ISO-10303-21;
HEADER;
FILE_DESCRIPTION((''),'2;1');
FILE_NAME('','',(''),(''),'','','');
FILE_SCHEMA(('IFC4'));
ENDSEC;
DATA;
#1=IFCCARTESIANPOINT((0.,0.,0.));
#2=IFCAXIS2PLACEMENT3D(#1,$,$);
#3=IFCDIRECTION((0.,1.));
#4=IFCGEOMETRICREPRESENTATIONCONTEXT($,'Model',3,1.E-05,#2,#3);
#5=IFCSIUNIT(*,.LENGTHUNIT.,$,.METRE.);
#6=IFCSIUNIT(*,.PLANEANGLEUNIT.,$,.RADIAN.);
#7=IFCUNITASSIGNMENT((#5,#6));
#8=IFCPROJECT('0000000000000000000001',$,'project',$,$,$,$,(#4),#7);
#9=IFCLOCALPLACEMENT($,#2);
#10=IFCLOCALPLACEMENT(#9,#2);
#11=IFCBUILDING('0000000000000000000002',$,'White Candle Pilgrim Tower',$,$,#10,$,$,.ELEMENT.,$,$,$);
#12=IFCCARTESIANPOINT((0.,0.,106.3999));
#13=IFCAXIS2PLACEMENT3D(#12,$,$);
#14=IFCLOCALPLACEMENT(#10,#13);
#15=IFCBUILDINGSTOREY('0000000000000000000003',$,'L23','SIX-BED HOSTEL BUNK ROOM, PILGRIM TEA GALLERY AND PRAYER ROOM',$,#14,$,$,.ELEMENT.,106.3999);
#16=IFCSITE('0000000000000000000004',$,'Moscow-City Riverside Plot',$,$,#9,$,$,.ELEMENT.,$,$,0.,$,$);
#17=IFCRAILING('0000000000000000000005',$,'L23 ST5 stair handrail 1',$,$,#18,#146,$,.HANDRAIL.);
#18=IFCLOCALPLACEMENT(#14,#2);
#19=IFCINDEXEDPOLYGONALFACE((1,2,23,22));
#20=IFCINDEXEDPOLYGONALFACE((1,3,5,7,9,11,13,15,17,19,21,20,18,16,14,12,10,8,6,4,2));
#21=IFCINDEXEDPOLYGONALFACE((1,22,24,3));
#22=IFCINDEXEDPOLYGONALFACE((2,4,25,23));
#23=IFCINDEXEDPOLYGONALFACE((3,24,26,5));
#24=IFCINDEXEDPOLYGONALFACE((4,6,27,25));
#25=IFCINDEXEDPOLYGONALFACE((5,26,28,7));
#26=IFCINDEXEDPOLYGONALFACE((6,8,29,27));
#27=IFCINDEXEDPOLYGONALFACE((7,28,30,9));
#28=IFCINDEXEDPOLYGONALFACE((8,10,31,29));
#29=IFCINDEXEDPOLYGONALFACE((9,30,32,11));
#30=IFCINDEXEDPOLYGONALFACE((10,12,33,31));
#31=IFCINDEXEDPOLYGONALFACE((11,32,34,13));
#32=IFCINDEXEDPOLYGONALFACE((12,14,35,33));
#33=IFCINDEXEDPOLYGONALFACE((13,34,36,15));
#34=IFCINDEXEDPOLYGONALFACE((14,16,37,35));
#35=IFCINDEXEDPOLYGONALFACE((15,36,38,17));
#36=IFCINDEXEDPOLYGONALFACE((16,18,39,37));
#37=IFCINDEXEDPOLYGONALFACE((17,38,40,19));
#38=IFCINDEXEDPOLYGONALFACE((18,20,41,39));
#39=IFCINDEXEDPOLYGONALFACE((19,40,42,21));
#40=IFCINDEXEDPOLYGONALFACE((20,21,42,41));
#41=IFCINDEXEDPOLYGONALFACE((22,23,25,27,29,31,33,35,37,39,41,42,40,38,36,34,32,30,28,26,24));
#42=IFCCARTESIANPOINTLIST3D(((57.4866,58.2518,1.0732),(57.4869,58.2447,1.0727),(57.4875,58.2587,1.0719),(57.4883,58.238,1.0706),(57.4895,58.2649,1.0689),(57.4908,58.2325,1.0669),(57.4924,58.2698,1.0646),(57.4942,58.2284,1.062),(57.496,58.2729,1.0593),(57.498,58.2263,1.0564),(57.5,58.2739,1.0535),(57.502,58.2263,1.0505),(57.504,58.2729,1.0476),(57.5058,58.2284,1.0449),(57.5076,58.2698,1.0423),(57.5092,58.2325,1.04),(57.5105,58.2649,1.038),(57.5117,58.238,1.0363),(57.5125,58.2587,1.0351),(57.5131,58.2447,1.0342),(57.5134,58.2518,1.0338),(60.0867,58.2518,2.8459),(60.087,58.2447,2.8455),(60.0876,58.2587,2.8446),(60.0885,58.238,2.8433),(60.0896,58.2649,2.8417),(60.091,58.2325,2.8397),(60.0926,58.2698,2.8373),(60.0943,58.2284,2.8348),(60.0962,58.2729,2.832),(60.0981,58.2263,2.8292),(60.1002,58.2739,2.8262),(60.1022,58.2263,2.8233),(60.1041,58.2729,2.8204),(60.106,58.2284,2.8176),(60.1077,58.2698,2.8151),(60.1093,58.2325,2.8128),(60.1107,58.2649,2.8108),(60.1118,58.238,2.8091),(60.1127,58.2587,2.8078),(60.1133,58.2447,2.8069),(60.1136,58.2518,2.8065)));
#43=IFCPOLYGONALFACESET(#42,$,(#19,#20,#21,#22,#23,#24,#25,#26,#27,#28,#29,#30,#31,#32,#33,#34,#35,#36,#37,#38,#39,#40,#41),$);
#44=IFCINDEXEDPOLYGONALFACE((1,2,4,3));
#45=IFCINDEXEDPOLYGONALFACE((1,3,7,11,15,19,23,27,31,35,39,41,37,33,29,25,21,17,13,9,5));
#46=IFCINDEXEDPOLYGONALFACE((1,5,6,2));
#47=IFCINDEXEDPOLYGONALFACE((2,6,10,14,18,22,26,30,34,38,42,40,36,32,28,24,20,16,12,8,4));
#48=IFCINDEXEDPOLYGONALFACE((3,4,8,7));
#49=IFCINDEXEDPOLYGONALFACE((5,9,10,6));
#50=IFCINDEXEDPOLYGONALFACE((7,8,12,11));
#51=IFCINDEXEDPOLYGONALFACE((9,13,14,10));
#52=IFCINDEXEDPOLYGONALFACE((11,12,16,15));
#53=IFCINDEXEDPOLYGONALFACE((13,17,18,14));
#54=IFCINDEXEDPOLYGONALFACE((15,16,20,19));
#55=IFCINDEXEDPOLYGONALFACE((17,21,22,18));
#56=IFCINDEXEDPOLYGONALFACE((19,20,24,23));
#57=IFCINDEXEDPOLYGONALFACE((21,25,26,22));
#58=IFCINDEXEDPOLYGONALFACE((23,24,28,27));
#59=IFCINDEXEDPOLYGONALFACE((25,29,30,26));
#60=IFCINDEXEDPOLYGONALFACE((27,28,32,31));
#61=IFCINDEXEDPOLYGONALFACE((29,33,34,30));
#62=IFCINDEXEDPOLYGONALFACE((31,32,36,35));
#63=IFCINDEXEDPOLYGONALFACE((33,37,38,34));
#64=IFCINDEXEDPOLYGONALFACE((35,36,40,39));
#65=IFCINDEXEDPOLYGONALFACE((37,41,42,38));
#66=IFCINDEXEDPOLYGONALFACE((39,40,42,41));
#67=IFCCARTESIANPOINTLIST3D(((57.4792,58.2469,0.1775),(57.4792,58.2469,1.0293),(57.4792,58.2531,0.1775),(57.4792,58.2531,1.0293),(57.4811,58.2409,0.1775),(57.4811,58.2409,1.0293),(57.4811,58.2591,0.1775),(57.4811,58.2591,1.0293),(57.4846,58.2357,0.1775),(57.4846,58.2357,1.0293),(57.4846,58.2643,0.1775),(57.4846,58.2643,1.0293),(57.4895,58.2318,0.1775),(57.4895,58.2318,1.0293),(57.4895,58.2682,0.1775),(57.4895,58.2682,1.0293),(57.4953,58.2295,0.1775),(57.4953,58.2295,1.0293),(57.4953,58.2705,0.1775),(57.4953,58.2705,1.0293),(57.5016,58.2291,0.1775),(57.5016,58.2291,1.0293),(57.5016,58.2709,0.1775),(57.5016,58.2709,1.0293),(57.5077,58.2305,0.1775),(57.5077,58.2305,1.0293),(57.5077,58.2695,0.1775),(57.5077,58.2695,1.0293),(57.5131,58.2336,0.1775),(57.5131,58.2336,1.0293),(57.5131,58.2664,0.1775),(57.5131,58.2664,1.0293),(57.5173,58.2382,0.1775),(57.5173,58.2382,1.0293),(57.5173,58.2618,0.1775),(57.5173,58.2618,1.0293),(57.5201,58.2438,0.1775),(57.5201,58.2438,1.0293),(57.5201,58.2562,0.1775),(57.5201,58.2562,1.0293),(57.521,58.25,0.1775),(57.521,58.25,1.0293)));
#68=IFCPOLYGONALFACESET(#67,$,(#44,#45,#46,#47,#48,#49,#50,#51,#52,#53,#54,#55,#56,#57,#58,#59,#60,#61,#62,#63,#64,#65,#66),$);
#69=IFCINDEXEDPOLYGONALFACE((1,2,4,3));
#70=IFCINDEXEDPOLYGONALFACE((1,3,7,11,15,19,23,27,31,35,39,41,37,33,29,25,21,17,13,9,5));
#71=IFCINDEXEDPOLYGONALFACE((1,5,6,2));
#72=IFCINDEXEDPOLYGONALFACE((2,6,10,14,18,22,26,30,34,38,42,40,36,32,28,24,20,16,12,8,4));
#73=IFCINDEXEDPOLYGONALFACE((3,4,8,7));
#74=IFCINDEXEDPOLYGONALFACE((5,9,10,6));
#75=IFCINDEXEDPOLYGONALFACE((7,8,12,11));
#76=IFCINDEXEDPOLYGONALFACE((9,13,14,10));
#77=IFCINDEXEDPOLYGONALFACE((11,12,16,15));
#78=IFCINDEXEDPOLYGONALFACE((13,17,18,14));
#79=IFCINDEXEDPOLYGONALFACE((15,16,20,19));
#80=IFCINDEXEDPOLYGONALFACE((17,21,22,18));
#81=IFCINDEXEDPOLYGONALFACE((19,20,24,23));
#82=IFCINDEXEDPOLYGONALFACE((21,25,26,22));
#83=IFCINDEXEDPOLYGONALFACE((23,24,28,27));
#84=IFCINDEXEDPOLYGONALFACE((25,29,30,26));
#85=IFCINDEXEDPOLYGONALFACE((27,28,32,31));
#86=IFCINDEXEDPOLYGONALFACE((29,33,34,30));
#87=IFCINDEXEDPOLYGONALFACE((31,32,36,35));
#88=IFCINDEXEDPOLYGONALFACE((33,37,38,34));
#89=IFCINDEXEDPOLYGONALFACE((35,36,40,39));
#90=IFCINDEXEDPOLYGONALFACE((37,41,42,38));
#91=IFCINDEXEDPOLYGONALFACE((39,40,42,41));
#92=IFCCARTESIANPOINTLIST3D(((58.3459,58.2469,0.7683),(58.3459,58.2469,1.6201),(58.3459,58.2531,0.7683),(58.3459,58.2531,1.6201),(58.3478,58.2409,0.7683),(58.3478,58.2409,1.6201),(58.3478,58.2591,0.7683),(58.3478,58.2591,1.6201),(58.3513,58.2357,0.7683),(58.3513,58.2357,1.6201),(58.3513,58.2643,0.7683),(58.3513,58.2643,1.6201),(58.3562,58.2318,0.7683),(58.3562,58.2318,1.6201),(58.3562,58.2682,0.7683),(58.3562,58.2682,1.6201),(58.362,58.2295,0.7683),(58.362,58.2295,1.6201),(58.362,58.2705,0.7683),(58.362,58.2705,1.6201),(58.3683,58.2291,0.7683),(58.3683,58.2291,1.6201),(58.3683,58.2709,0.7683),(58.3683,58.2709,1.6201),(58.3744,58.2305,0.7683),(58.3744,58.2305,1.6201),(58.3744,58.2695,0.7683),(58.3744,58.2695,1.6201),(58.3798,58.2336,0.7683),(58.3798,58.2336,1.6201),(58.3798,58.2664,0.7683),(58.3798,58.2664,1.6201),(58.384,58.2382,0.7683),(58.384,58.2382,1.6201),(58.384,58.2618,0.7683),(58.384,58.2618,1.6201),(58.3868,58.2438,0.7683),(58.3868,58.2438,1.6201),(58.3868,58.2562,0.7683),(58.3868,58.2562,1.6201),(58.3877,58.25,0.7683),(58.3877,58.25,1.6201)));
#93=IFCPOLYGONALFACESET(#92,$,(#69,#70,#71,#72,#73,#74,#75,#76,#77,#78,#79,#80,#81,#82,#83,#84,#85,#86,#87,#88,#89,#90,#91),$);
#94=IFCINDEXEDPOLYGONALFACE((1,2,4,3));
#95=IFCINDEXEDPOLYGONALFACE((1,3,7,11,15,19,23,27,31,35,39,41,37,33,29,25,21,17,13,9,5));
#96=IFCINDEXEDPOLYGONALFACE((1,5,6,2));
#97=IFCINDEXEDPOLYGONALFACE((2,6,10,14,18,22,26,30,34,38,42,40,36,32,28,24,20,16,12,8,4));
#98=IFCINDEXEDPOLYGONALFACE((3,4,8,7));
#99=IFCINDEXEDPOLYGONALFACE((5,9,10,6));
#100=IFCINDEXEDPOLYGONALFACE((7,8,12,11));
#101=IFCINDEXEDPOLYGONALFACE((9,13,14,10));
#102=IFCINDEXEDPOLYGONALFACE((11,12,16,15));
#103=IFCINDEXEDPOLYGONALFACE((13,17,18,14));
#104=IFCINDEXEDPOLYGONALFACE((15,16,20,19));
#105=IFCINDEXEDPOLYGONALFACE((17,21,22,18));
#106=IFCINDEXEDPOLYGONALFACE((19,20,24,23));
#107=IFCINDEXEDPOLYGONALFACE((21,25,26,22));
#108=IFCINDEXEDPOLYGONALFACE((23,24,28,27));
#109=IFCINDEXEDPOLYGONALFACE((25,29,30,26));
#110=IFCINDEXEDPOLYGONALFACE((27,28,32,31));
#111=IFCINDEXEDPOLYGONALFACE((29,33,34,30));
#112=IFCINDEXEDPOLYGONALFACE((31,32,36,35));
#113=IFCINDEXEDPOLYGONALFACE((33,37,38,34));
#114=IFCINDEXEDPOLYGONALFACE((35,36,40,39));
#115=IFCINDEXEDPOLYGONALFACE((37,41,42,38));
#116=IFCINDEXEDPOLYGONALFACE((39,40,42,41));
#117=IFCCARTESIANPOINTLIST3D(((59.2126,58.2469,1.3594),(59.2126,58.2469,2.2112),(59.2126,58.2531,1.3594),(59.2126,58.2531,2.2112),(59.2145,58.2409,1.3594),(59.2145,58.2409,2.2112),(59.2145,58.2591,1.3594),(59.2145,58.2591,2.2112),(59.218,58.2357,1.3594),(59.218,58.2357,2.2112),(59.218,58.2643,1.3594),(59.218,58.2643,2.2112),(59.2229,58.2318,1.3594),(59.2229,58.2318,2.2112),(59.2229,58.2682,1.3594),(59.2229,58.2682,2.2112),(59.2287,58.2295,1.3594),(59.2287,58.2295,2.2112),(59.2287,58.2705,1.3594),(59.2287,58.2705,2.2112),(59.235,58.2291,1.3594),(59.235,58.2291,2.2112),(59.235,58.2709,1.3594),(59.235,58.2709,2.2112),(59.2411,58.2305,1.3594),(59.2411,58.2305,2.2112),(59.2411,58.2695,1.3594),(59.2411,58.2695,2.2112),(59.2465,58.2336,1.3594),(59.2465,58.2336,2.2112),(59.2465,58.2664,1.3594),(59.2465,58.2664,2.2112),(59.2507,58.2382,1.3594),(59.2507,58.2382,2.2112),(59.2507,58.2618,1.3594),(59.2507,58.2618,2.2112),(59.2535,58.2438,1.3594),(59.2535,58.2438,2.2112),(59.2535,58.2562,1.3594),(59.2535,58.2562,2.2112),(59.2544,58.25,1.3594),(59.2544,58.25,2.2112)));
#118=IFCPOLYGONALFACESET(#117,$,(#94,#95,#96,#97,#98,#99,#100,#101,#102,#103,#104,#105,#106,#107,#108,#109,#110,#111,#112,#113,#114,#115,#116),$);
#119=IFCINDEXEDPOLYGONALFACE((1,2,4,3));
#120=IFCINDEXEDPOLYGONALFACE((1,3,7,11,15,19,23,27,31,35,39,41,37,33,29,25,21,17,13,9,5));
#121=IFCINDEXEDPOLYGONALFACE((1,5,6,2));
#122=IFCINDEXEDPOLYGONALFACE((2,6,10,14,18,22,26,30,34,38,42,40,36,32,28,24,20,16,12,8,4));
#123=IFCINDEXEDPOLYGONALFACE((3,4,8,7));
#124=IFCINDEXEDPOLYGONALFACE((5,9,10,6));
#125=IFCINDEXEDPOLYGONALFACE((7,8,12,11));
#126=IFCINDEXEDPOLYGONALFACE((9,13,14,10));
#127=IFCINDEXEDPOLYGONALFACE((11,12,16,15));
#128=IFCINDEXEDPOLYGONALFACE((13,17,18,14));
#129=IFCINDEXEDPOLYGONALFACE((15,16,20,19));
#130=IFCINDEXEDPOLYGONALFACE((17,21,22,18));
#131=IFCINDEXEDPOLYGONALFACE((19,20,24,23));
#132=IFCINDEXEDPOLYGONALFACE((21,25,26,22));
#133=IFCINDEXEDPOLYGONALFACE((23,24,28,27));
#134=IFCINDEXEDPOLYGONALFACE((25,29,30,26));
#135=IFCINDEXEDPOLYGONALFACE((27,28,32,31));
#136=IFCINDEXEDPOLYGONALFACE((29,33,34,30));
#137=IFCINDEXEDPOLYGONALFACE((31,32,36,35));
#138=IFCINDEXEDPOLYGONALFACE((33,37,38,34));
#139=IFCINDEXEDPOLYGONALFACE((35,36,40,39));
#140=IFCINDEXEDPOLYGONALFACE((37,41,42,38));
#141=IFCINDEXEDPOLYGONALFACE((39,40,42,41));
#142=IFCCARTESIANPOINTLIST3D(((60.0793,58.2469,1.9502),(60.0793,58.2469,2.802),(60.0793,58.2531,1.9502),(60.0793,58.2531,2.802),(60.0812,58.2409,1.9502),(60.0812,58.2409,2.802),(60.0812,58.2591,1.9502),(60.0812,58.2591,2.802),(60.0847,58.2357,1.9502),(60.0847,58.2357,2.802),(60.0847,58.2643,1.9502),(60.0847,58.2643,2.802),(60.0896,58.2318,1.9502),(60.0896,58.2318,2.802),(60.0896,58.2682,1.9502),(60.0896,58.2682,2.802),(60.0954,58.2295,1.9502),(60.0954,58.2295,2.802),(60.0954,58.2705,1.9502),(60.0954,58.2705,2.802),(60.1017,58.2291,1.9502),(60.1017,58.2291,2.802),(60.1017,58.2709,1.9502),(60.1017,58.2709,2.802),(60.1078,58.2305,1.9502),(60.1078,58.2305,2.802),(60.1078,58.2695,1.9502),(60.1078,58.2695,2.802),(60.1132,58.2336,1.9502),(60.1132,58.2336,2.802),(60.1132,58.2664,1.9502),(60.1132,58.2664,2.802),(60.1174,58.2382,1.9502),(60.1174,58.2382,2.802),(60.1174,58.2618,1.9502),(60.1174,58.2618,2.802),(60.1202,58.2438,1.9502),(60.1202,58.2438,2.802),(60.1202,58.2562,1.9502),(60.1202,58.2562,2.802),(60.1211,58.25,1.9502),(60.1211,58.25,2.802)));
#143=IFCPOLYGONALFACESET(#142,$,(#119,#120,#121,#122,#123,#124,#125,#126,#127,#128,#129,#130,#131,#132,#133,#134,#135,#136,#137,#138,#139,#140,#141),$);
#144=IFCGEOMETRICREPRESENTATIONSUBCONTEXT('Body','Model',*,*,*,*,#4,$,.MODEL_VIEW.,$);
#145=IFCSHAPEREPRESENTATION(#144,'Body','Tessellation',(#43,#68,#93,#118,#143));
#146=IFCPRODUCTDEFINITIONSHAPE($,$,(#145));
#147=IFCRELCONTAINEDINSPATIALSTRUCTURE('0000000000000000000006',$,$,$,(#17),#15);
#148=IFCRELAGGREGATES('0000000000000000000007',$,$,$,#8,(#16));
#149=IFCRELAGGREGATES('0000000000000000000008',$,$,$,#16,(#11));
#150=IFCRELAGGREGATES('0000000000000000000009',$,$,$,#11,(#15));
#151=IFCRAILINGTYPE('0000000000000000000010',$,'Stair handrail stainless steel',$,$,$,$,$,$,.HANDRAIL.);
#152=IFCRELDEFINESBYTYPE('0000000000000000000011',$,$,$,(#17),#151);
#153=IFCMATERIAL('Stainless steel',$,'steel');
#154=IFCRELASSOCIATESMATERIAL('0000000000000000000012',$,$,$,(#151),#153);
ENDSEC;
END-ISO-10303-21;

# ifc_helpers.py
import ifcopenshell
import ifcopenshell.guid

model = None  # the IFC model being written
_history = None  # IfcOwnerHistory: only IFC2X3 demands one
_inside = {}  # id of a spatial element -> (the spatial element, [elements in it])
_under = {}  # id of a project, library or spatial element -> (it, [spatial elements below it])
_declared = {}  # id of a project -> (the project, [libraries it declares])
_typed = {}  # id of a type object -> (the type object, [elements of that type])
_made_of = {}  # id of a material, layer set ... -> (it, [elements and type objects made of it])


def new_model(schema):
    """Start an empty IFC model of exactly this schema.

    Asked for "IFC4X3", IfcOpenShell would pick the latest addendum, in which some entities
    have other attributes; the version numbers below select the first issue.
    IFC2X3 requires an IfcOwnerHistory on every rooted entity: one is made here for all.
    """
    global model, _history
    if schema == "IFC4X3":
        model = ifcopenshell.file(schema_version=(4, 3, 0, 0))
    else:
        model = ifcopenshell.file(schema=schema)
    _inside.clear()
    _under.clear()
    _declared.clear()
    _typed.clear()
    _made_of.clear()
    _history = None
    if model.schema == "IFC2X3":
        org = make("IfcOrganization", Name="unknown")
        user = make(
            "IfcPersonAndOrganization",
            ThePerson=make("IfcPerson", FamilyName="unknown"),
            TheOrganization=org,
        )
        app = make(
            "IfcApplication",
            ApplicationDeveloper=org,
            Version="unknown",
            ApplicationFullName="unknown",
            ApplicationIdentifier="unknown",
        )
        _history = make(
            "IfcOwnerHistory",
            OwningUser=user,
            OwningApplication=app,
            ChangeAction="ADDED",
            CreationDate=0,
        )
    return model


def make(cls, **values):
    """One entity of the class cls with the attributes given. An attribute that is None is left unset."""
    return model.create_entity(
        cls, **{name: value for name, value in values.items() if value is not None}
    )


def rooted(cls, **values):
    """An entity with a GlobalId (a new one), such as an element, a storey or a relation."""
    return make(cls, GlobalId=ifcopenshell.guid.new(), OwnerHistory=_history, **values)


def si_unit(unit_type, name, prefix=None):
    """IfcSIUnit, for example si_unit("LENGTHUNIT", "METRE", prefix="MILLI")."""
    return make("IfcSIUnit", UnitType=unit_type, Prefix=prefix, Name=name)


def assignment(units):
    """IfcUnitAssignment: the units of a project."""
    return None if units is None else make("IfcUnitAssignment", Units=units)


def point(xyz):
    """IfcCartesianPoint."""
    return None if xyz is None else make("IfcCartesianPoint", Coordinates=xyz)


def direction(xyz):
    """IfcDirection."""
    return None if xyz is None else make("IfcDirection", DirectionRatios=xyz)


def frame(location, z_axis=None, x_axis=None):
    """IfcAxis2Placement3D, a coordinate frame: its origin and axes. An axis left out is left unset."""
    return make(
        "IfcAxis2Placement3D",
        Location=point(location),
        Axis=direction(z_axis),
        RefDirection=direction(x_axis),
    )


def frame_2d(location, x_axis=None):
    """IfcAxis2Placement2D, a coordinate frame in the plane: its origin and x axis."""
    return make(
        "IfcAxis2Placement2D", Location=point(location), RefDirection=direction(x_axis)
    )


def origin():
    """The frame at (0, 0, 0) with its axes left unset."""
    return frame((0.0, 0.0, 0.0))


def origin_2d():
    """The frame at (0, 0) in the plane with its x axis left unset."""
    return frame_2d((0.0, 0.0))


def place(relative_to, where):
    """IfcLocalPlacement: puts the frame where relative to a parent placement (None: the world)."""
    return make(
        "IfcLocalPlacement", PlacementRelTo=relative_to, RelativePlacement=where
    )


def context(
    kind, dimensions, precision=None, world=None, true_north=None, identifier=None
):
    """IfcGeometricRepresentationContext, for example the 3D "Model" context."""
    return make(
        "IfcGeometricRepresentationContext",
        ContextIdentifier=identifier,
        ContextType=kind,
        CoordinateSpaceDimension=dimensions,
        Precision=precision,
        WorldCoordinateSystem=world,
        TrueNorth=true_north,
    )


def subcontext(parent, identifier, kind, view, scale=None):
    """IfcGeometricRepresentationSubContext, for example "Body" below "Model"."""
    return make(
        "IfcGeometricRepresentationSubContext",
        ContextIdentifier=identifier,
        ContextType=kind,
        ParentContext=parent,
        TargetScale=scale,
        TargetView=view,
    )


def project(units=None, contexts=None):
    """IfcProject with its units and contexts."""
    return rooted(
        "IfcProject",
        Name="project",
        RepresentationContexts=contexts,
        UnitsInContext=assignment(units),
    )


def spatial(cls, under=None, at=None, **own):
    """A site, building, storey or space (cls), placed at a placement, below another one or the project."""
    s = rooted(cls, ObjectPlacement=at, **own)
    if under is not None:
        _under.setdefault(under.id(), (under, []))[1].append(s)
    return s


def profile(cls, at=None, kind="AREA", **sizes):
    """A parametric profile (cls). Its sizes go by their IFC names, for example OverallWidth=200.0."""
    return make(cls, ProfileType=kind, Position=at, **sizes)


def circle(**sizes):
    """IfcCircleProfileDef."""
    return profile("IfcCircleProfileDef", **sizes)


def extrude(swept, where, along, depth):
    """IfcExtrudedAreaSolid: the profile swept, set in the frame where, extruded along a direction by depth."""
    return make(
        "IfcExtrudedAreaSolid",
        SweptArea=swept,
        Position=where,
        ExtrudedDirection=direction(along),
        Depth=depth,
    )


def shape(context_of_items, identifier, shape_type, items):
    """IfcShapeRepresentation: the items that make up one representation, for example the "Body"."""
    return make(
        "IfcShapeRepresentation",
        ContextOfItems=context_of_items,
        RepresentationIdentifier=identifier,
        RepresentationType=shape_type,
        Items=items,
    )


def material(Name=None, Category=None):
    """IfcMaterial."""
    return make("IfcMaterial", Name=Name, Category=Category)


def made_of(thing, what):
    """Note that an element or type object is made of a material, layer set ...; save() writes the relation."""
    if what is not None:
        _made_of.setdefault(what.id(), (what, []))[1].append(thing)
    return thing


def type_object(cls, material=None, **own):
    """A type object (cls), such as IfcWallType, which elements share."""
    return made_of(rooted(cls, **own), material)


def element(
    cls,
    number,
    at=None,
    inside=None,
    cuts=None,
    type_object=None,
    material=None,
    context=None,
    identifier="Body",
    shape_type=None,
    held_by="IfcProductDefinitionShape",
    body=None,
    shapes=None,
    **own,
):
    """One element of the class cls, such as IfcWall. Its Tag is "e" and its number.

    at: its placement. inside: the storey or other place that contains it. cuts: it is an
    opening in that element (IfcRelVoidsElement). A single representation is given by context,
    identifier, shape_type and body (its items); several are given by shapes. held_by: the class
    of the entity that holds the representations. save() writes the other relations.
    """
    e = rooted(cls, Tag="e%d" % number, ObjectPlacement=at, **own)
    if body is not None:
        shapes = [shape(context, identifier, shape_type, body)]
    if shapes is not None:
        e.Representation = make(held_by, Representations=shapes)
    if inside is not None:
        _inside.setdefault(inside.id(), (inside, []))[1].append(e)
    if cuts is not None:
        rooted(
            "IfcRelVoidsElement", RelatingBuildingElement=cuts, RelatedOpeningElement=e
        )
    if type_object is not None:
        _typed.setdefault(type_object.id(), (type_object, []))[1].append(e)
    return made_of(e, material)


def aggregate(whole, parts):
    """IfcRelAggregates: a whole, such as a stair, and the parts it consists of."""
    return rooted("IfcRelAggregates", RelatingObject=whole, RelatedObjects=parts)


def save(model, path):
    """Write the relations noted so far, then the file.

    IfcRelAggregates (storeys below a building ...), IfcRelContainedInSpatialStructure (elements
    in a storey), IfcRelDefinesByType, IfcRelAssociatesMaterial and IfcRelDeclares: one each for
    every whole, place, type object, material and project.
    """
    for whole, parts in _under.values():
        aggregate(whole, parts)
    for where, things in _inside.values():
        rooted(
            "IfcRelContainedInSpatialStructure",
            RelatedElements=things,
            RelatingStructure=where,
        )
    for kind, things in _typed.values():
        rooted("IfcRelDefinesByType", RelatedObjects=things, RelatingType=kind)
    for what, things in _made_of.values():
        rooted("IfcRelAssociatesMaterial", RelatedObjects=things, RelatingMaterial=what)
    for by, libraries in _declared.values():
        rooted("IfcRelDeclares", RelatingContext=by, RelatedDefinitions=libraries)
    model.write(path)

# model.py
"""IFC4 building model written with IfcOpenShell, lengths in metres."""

from ifc_helpers import new_model, si_unit, direction, frame, origin, origin_2d, place, context, subcontext, project, spatial, circle, extrude, material, type_object, element, save


model = new_model("IFC4")

# Units and contexts
model_context = context("Model", 3, precision=1e-05, world=origin(), true_north=direction((0.0, 1.0)))
body_context = subcontext(model_context, "Body", "Model", "MODEL_VIEW")
ifc_project = project(units=[si_unit("LENGTHUNIT", "METRE"), si_unit("PLANEANGLEUNIT", "RADIAN")], contexts=[model_context])

# Site, building, storey
site_placement = place(None, origin())
site = spatial("IfcSite", under=ifc_project, at=site_placement, Name="Moscow-City Riverside Plot", CompositionType="ELEMENT", RefElevation=0.0)
building_placement = place(site_placement, origin())
building = spatial("IfcBuilding", under=site, at=building_placement, Name="White Candle Pilgrim Tower", CompositionType="ELEMENT")
storey_placement = place(building_placement, frame((0.0, 0.0, 106.3999)))
storey = spatial("IfcBuildingStorey", under=building, at=storey_placement, Name="L23", Description="SIX-BED HOSTEL BUNK ROOM, PILGRIM TEA GALLERY AND PRAYER ROOM", CompositionType="ELEMENT", Elevation=106.3999)

# Railing
ifc_material_1 = material(Name="Stainless steel", Category="steel")
railing_type_1 = type_object("IfcRailingType", Name="Stair handrail stainless steel", PredefinedType="HANDRAIL", material=ifc_material_1)
railing_1_placement = place(storey_placement, frame((57.5, 58.25, 0.1775)))
element("IfcRailing", 1, at=railing_1_placement, inside=storey, type_object=railing_type_1, Name="L23 ST5 stair handrail 1", PredefinedType="HANDRAIL", context=body_context, shape_type="SweptSolid", body=[
    extrude(circle(Radius=0.0239, at=origin_2d()), frame((0.0, 0.0, 0.876), z_axis=(0.82624, 0.0, 0.563318), x_axis=(0.0, 1.0, 0.0)), (0.0, 0.0, 1.0), 3.147),
    extrude(circle(Radius=0.021, at=origin_2d()), origin(), (0.0, 0.0, 1.0), 0.8518),
    extrude(circle(Radius=0.021, at=origin_2d()), frame((0.8667, 0.0, 0.5908)), (0.0, 0.0, 1.0), 0.8518),
    extrude(circle(Radius=0.021, at=origin_2d()), frame((1.7334, 0.0, 1.1819)), (0.0, 0.0, 1.0), 0.8518),
    extrude(circle(Radius=0.021, at=origin_2d()), frame((2.6001, 0.0, 1.7727)), (0.0, 0.0, 1.0), 0.8518),
])

save(model, "model.ifc")
